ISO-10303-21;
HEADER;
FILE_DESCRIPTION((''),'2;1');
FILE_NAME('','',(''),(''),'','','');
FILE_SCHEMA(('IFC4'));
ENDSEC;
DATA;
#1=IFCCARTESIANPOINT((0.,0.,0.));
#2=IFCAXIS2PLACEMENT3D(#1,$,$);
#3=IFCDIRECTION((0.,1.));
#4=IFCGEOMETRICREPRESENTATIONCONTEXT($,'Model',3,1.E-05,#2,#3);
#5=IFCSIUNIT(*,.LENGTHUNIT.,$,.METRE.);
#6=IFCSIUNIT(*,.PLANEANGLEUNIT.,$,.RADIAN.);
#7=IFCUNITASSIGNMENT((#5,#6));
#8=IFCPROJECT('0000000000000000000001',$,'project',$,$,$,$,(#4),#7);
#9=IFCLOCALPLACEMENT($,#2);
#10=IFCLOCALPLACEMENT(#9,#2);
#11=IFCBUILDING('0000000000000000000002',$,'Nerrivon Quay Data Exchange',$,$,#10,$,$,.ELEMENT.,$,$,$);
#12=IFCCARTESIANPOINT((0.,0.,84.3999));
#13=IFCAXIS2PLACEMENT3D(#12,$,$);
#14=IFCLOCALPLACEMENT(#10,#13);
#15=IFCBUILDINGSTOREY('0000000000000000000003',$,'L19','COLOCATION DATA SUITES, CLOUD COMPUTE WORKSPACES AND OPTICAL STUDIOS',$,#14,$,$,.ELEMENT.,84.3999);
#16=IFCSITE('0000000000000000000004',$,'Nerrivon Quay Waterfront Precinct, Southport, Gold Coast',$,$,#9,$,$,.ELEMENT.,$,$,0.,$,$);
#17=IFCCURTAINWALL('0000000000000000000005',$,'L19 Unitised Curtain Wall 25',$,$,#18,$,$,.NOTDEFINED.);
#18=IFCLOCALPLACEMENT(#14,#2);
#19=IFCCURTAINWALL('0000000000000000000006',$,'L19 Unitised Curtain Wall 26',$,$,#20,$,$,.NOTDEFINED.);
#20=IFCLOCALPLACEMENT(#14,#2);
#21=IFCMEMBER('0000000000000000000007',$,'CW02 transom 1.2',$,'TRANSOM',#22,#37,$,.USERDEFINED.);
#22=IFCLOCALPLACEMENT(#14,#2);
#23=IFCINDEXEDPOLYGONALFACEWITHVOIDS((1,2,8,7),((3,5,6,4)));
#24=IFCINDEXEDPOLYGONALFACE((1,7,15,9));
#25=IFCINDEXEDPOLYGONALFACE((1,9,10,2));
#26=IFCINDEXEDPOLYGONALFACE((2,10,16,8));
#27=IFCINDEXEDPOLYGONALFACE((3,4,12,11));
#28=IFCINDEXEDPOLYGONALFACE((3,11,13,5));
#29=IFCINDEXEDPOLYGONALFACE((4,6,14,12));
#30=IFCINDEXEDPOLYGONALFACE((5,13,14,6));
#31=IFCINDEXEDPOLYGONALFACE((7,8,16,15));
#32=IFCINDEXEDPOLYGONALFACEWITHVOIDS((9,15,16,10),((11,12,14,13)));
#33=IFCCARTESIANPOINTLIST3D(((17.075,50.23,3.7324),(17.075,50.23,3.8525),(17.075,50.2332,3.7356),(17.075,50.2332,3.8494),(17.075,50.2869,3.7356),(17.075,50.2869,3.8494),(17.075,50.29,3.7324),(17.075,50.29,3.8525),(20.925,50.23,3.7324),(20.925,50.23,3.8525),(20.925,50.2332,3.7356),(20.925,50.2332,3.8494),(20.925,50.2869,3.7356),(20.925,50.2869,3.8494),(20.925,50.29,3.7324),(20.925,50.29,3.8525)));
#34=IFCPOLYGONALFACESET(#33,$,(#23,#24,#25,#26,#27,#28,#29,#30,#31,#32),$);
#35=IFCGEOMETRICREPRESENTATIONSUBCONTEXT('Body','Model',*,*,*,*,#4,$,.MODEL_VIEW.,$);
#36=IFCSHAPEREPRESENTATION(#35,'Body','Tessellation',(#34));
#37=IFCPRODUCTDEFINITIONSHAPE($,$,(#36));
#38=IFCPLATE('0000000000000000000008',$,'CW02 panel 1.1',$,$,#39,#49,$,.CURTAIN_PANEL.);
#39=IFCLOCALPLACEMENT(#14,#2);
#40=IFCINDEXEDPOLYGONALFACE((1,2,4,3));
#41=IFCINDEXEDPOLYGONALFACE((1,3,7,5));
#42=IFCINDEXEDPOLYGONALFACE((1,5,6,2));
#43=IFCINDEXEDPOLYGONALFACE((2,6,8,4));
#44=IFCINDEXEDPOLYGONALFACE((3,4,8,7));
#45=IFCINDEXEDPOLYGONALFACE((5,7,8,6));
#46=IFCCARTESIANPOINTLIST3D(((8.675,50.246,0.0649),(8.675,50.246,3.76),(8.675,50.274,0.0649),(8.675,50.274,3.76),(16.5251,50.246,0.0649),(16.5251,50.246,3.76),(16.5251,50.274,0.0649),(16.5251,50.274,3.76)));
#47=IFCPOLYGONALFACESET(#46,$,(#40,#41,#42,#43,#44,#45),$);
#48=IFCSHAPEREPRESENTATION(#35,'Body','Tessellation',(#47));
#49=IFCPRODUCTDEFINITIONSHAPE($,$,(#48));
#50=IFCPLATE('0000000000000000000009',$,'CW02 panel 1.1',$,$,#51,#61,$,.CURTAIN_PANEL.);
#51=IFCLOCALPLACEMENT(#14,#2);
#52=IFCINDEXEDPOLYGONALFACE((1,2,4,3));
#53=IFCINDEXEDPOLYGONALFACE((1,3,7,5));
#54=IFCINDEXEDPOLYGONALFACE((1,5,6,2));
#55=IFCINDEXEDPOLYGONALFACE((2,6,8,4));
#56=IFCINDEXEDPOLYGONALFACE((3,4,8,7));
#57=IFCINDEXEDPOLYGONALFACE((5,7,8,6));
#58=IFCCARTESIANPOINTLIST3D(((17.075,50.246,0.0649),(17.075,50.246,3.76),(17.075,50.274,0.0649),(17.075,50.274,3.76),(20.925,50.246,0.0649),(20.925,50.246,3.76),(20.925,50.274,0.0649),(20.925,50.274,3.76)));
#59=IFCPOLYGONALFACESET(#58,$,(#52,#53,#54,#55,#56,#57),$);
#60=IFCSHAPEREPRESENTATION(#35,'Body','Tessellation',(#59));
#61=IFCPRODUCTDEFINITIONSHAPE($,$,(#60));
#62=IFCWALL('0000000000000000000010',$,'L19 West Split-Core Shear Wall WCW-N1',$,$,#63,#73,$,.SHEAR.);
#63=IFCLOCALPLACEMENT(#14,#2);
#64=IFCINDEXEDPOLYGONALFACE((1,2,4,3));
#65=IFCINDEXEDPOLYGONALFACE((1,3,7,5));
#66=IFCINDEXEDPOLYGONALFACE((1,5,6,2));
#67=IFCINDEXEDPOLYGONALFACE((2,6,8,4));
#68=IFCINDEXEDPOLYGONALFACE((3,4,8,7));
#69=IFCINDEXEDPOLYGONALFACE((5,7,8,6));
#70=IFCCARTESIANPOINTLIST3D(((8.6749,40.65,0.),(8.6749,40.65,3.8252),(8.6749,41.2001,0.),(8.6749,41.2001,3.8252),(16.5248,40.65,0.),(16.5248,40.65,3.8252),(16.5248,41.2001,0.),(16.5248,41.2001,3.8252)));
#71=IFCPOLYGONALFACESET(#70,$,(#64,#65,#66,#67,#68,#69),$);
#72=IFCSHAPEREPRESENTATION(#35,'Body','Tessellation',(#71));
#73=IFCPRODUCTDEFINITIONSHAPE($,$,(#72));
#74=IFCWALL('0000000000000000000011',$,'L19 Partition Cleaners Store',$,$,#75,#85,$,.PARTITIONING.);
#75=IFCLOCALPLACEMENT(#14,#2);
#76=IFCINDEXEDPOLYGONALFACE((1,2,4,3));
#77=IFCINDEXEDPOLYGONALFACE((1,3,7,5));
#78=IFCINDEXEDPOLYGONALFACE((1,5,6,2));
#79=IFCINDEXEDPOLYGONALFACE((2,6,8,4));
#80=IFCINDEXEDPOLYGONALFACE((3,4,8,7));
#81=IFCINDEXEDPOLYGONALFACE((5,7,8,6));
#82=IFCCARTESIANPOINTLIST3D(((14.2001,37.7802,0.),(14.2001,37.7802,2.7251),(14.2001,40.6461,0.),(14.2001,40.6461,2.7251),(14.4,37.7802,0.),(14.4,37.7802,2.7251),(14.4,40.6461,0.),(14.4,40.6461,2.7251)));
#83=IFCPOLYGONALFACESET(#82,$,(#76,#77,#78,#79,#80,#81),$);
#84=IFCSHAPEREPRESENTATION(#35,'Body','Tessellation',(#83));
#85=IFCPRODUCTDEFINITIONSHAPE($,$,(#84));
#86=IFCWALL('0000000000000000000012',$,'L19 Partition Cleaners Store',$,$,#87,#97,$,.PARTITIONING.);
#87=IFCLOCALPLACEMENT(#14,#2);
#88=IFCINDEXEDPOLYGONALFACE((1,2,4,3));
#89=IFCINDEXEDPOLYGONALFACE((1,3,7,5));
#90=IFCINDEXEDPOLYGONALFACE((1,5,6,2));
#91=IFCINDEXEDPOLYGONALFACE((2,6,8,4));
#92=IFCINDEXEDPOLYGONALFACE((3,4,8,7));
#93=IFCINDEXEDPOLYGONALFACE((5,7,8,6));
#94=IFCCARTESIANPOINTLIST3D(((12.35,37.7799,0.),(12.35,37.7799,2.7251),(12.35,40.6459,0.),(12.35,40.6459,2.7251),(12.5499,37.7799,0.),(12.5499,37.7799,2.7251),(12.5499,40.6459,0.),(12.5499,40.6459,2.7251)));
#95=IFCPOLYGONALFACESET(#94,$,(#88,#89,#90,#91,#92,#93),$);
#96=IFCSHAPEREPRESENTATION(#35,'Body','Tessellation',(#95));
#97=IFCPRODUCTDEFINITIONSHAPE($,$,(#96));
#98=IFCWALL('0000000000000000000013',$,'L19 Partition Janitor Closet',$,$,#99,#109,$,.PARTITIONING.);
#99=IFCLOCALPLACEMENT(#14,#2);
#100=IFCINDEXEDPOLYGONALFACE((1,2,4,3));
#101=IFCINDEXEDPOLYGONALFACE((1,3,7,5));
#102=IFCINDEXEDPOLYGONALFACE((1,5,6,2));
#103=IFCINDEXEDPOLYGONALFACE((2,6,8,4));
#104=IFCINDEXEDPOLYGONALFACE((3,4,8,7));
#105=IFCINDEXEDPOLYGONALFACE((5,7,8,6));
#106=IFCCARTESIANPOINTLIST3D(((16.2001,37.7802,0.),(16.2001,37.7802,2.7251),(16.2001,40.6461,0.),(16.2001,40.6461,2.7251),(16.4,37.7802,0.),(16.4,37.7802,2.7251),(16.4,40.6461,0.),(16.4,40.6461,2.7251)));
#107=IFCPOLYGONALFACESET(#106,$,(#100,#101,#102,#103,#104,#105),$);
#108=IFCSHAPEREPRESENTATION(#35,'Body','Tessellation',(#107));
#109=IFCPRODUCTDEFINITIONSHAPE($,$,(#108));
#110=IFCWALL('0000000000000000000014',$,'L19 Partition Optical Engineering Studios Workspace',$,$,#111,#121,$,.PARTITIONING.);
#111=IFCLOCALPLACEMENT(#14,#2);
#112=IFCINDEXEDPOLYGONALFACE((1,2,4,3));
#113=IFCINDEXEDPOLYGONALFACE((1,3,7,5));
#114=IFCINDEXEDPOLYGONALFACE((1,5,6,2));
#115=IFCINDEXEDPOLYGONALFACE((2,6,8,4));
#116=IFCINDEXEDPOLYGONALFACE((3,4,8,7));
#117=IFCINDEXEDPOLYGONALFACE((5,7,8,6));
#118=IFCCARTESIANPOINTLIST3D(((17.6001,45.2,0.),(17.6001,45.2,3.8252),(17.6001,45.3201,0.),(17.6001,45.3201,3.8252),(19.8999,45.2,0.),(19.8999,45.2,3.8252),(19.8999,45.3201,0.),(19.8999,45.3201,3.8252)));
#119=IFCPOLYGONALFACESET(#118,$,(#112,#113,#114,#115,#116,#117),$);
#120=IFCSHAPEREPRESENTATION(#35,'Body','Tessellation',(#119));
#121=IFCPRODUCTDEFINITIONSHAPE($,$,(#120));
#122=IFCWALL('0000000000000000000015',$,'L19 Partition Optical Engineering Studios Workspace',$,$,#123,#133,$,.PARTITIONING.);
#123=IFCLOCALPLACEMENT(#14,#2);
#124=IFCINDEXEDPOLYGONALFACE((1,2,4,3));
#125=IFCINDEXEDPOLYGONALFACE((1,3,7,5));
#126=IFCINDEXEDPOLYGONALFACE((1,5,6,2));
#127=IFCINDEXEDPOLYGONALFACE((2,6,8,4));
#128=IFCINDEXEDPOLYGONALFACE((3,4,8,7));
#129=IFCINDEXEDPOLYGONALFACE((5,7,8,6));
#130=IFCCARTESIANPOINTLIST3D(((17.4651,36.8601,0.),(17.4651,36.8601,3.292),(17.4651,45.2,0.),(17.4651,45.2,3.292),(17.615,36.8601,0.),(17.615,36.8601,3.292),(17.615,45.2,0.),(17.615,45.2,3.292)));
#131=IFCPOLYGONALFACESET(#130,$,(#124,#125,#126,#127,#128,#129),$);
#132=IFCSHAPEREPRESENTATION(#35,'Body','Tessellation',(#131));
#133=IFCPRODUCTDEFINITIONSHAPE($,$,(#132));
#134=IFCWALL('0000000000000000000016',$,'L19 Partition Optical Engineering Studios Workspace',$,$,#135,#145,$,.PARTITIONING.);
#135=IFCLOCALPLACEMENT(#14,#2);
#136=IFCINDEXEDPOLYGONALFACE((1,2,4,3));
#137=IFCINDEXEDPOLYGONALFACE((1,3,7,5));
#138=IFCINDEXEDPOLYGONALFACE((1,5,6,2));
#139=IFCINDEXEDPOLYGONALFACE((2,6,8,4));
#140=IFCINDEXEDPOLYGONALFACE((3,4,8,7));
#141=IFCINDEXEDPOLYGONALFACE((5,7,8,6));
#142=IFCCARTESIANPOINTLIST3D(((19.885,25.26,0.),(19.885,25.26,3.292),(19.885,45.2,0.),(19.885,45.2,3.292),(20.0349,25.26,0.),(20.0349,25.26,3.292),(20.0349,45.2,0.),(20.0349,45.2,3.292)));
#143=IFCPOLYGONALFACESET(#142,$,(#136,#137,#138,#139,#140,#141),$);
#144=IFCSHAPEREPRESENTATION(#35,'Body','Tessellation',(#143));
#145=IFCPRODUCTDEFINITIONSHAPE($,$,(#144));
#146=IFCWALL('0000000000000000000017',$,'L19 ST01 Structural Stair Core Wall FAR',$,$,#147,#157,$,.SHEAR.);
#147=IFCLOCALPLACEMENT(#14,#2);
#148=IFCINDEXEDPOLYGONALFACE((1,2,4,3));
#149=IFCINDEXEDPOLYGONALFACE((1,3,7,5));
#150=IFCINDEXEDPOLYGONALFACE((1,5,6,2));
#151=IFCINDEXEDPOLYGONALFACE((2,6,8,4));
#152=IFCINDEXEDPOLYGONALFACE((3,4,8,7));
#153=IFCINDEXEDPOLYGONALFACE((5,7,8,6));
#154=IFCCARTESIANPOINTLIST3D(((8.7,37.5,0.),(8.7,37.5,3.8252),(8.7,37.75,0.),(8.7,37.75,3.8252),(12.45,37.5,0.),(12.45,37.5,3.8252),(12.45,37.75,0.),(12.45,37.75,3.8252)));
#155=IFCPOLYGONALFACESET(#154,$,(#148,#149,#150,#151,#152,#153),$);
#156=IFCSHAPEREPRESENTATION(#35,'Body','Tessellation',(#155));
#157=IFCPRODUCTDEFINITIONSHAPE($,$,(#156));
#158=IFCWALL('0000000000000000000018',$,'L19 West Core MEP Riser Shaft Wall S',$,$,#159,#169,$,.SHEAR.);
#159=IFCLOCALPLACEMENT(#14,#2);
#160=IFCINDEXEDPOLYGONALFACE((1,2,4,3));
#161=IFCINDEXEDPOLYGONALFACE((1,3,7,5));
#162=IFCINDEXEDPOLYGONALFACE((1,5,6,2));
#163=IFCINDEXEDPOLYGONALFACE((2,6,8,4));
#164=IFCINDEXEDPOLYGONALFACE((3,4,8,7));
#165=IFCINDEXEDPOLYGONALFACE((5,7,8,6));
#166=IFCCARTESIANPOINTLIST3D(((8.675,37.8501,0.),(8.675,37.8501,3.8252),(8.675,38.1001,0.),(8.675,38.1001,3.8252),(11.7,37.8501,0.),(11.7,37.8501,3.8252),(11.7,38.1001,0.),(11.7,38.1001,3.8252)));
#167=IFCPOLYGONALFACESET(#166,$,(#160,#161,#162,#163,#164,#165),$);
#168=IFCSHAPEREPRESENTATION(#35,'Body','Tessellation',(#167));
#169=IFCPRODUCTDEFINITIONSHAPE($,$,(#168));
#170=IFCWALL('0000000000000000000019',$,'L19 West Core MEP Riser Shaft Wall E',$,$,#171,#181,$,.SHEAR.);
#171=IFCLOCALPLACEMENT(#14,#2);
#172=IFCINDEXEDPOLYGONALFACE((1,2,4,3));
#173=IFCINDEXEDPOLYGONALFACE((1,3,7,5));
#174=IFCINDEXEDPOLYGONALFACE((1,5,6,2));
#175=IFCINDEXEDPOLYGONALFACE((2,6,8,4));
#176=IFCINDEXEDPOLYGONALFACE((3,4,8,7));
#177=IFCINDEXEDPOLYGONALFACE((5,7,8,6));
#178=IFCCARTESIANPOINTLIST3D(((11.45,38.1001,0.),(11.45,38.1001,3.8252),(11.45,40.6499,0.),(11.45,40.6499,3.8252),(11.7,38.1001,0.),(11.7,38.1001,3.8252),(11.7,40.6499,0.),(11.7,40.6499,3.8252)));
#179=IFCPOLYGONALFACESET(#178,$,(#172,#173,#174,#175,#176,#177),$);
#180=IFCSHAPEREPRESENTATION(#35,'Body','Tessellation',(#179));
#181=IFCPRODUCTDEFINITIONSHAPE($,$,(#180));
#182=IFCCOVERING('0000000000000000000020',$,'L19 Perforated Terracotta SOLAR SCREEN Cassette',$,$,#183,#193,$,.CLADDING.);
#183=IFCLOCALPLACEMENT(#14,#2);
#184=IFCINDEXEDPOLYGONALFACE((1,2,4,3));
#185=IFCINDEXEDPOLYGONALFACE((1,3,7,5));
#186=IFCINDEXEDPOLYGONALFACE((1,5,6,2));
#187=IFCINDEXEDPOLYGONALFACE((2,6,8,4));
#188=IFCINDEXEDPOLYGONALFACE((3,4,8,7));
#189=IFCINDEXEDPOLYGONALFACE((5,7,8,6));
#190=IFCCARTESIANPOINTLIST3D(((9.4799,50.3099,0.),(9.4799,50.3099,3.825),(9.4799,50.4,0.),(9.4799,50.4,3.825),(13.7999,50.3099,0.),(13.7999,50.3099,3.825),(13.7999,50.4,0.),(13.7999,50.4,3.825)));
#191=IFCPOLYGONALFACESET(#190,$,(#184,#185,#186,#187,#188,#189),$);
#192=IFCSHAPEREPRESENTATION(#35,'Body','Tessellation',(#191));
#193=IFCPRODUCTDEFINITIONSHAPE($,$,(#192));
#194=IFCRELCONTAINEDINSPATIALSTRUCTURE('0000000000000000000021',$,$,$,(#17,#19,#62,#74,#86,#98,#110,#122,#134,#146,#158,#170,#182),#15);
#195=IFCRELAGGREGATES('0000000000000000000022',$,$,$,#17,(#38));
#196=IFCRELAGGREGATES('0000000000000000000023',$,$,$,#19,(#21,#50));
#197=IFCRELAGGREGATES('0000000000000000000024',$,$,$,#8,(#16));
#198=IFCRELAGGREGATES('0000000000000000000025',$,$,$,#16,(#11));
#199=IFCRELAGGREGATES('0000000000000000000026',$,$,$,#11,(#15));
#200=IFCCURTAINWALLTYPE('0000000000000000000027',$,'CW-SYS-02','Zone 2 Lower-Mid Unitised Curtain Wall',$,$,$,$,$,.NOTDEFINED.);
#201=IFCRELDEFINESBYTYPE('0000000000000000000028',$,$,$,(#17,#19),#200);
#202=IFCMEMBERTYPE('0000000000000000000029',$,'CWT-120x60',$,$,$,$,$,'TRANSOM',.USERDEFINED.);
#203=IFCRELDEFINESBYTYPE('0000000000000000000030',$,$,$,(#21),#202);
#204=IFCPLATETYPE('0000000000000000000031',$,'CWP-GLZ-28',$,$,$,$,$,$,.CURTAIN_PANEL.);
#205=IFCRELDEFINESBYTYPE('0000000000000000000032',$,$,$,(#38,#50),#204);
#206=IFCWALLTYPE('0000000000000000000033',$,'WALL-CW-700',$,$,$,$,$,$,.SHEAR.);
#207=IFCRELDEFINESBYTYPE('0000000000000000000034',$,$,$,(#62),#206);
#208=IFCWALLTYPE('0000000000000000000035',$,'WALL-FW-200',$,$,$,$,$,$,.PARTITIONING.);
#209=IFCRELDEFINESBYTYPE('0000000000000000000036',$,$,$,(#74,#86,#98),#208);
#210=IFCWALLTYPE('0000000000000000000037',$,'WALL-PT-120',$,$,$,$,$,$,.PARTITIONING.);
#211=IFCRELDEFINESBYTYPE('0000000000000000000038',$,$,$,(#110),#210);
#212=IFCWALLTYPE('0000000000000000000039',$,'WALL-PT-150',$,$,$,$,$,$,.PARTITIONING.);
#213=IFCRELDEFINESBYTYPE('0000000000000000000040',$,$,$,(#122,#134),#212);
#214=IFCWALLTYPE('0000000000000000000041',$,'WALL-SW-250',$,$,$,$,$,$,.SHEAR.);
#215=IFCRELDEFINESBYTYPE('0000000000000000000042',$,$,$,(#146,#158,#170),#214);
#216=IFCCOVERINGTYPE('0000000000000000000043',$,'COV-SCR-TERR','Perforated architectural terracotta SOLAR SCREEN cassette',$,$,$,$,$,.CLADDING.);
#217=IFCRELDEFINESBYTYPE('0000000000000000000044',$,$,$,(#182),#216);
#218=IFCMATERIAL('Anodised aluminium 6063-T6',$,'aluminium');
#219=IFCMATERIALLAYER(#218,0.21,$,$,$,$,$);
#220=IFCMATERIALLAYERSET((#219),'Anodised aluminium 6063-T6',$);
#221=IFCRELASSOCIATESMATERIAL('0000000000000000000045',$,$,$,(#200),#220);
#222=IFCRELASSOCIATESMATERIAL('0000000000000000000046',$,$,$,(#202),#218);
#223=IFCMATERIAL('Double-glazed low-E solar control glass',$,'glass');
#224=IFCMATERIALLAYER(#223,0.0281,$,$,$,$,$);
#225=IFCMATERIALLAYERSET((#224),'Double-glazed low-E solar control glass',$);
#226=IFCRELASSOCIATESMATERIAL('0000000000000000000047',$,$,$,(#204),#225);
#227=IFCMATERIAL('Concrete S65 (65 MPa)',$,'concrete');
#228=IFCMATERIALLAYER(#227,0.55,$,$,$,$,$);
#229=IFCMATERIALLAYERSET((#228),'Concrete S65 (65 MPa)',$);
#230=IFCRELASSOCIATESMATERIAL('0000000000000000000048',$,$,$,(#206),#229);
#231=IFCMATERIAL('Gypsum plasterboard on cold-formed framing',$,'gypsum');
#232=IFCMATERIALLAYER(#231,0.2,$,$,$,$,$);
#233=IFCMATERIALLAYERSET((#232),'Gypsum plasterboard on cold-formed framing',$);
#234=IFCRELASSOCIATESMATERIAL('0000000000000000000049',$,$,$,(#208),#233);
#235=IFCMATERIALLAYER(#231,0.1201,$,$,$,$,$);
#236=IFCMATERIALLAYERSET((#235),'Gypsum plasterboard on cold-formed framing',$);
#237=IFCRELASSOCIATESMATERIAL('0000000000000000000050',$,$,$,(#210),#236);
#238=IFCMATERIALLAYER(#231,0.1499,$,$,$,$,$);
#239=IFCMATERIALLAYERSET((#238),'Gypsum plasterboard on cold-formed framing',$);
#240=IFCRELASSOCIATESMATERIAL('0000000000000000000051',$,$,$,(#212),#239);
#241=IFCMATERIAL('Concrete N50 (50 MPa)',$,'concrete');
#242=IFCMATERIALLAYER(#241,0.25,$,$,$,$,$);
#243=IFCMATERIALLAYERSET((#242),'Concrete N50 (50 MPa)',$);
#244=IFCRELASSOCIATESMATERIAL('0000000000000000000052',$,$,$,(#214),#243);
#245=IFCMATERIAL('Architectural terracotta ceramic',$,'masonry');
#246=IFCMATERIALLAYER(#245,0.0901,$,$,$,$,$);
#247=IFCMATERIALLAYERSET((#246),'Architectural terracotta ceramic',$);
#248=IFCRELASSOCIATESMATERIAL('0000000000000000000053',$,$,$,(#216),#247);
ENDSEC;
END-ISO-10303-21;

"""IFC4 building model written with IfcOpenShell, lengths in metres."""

from ifc_helpers import new_model, si_unit, direction, frame, frame_2d, origin, origin_2d, place, context, subcontext, project, spatial, rectangle, hollow_rectangle, extrude, material, layer, layer_set, material_profile, profile_set, type_object, element, aggregate, save


model = new_model("IFC4")

# Units and contexts
model_context = context("Model", 3, precision=1e-05, world=origin(), true_north=direction((0.0, 1.0)))
body_context = subcontext(model_context, "Body", "Model", "MODEL_VIEW")
ifc_project = project(units=[si_unit("LENGTHUNIT", "METRE"), si_unit("PLANEANGLEUNIT", "RADIAN")], contexts=[model_context])

# Site, building, storey
site_placement = place(None, origin())
site = spatial("IfcSite", under=ifc_project, at=site_placement, Name="Nerrivon Quay Waterfront Precinct, Southport, Gold Coast", CompositionType="ELEMENT", RefElevation=0.0)
building_placement = place(site_placement, origin())
building = spatial("IfcBuilding", under=site, at=building_placement, Name="Nerrivon Quay Data Exchange", CompositionType="ELEMENT")
storey_placement = place(building_placement, frame((0.0, 0.0, 84.3999)))
storey = spatial("IfcBuildingStorey", under=building, at=storey_placement, Name="L19", Description="COLOCATION DATA SUITES, CLOUD COMPUTE WORKSPACES AND OPTICAL STUDIOS", CompositionType="ELEMENT", Elevation=84.3999)

# Shared definitions
ifc_material_1 = material(Name="Concrete S65 (65 MPa)", Category="concrete")

# Curtain walls
ifc_material_2 = material(Name="Anodised aluminium 6063-T6", Category="aluminium")
ifc_layer_1 = layer(ifc_material_2, 0.21)
ifc_layer_set_1 = layer_set([ifc_layer_1], Name="Anodised aluminium 6063-T6")
curtain_wall_type = type_object("IfcCurtainWallType", Name="CW-SYS-02", Description="Zone 2 Lower-Mid Unitised Curtain Wall", PredefinedType="NOTDEFINED", material=ifc_layer_set_1)
curtain_wall_1_placement = place(storey_placement, origin())
curtain_wall_1 = element("IfcCurtainWall", 1, at=curtain_wall_1_placement, inside=storey, type_object=curtain_wall_type, Name="L19 Unitised Curtain Wall 25", PredefinedType="NOTDEFINED")
curtain_wall_2_placement = place(storey_placement, origin())
curtain_wall_2 = element("IfcCurtainWall", 2, at=curtain_wall_2_placement, inside=storey, type_object=curtain_wall_type, Name="L19 Unitised Curtain Wall 26", PredefinedType="NOTDEFINED")

# Member
ifc_material_profile_1 = material_profile(ifc_material_2, hollow_rectangle(XDim=0.0601, YDim=0.1201, WallThickness=0.0032, at=origin_2d()), Name="ALU-TRAN-120x60")
ifc_profile_set_1 = profile_set([ifc_material_profile_1], Name="Anodised aluminium 6063-T6")
member_type_1 = type_object("IfcMemberType", Name="CWT-120x60", ElementType="TRANSOM", PredefinedType="USERDEFINED", material=ifc_profile_set_1)
member_1_placement = place(storey_placement, frame((17.075, 50.26, 3.7925), z_axis=(1.0, 0.0, 0.0), x_axis=(0.0, 1.0, 0.0)))
member_1 = element("IfcMember", 3, at=member_1_placement, type_object=member_type_1, Name="CW02 transom 1.2", ObjectType="TRANSOM", PredefinedType="USERDEFINED", context=body_context, shape_type="SweptSolid", body=[
    extrude(hollow_rectangle(XDim=0.0601, YDim=0.1201, WallThickness=0.0032, at=origin_2d()), origin(), (0.0, 0.0, 1.0), 3.8501),
])

# Plates
ifc_material_3 = material(Name="Double-glazed low-E solar control glass", Category="glass")
ifc_layer_2 = layer(ifc_material_3, 0.0281)
ifc_layer_set_2 = layer_set([ifc_layer_2], Name="Double-glazed low-E solar control glass")
plate_type = type_object("IfcPlateType", Name="CWP-GLZ-28", PredefinedType="CURTAIN_PANEL", material=ifc_layer_set_2)
plate_1_placement = place(storey_placement, frame((12.6001, 50.26, 0.0649), z_axis=(0.0, 0.0, 1.0), x_axis=(1.0, 0.0, 0.0)))
plate_1 = element("IfcPlate", 4, at=plate_1_placement, type_object=plate_type, Name="CW02 panel 1.1", PredefinedType="CURTAIN_PANEL", context=body_context, shape_type="SweptSolid", body=[
    extrude(rectangle(XDim=7.8501, YDim=0.0281, at=origin_2d()), origin(), (0.0, 0.0, 1.0), 3.6951),
])
aggregate(curtain_wall_1, [plate_1])
plate_2_placement = place(storey_placement, frame((19.0, 50.26, 0.0649), z_axis=(0.0, 0.0, 1.0), x_axis=(1.0, 0.0, 0.0)))
plate_2 = element("IfcPlate", 5, at=plate_2_placement, type_object=plate_type, Name="CW02 panel 1.1", PredefinedType="CURTAIN_PANEL", context=body_context, shape_type="SweptSolid", body=[
    extrude(rectangle(XDim=3.8501, YDim=0.0281, at=origin_2d()), origin(), (0.0, 0.0, 1.0), 3.6951),
])
aggregate(curtain_wall_2, [member_1, plate_2])

# Walls
ifc_layer_3 = layer(ifc_material_1, 0.55)
ifc_layer_set_3 = layer_set([ifc_layer_3], Name="Concrete S65 (65 MPa)")
wall_type_1 = type_object("IfcWallType", Name="WALL-CW-700", PredefinedType="SHEAR", material=ifc_layer_set_3)
wall_1_placement = place(storey_placement, frame((8.675, 40.925, 0.0), z_axis=(0.0, 0.0, 1.0), x_axis=(1.0, 0.0, 0.0)))
element("IfcWall", 6, at=wall_1_placement, inside=storey, type_object=wall_type_1, Name="L19 West Split-Core Shear Wall WCW-N1", PredefinedType="SHEAR", context=body_context, shape_type="SweptSolid", body=[
    extrude(rectangle(XDim=7.8499, YDim=0.55, at=frame_2d((3.9248, 0.0))), origin(), (0.0, 0.0, 1.0), 3.8252),
])
ifc_material_4 = material(Name="Gypsum plasterboard on cold-formed framing", Category="gypsum")
ifc_layer_4 = layer(ifc_material_4, 0.2)
ifc_layer_set_4 = layer_set([ifc_layer_4], Name="Gypsum plasterboard on cold-formed framing")
wall_type_2 = type_object("IfcWallType", Name="WALL-FW-200", PredefinedType="PARTITIONING", material=ifc_layer_set_4)
for number, where, z_axis, x_axis, name in (
    (7, (14.3, 37.78, 0.0), (0.0, 0.0, 1.0), (0.0, 1.0, 0.0), "L19 Partition Cleaners Store"),
    (8, (12.45, 40.646, 0.0), (0.0, 0.0, 1.0), (0.0, -1.0, 0.0), "L19 Partition Cleaners Store"),
    (9, (16.3, 37.78, 0.0), (0.0, 0.0, 1.0), (0.0, 1.0, 0.0), "L19 Partition Janitor Closet"),
):
    element("IfcWall", number, at=place(storey_placement, frame(where, z_axis=z_axis, x_axis=x_axis)), inside=storey, type_object=wall_type_2, Name=name, PredefinedType="PARTITIONING", context=body_context, shape_type="SweptSolid", body=[
        extrude(rectangle(XDim=2.866, YDim=0.2, at=frame_2d((1.4331, 0.0))), origin(), (0.0, 0.0, 1.0), 2.7251),
    ])
ifc_layer_5 = layer(ifc_material_4, 0.1201)
ifc_layer_set_5 = layer_set([ifc_layer_5], Name="Gypsum plasterboard on cold-formed framing")
wall_type_3 = type_object("IfcWallType", Name="WALL-PT-120", PredefinedType="PARTITIONING", material=ifc_layer_set_5)
wall_2_placement = place(storey_placement, frame((17.6001, 45.26, 0.0), z_axis=(0.0, 0.0, 1.0), x_axis=(1.0, 0.0, 0.0)))
element("IfcWall", 10, at=wall_2_placement, inside=storey, type_object=wall_type_3, Name="L19 Partition Optical Engineering Studios Workspace", PredefinedType="PARTITIONING", context=body_context, shape_type="SweptSolid", body=[
    extrude(rectangle(XDim=2.2998, YDim=0.1201, at=frame_2d((1.1499, 0.0))), origin(), (0.0, 0.0, 1.0), 3.8252),
])
ifc_layer_6 = layer(ifc_material_4, 0.1499)
ifc_layer_set_6 = layer_set([ifc_layer_6], Name="Gypsum plasterboard on cold-formed framing")
wall_type_4 = type_object("IfcWallType", Name="WALL-PT-150", PredefinedType="PARTITIONING", material=ifc_layer_set_6)
wall_3_placement = place(storey_placement, frame((17.54, 36.8601, 0.0), z_axis=(0.0, 0.0, 1.0), x_axis=(0.0, 1.0, 0.0)))
element("IfcWall", 11, at=wall_3_placement, inside=storey, type_object=wall_type_4, Name="L19 Partition Optical Engineering Studios Workspace", PredefinedType="PARTITIONING", context=body_context, shape_type="SweptSolid", body=[
    extrude(rectangle(XDim=8.3398, YDim=0.1499, at=frame_2d((4.1699, 0.0))), origin(), (0.0, 0.0, 1.0), 3.292),
])
wall_4_placement = place(storey_placement, frame((19.96, 45.2, 0.0), z_axis=(0.0, 0.0, 1.0), x_axis=(0.0, -1.0, 0.0)))
element("IfcWall", 12, at=wall_4_placement, inside=storey, type_object=wall_type_4, Name="L19 Partition Optical Engineering Studios Workspace", PredefinedType="PARTITIONING", context=body_context, shape_type="SweptSolid", body=[
    extrude(rectangle(XDim=19.9399, YDim=0.1499, at=frame_2d((9.97, 0.0))), origin(), (0.0, 0.0, 1.0), 3.292),
])
ifc_material_5 = material(Name="Concrete N50 (50 MPa)", Category="concrete")
ifc_layer_7 = layer(ifc_material_5, 0.25)
ifc_layer_set_7 = layer_set([ifc_layer_7], Name="Concrete N50 (50 MPa)")
wall_type_5 = type_object("IfcWallType", Name="WALL-SW-250", PredefinedType="SHEAR", material=ifc_layer_set_7)
wall_5_placement = place(storey_placement, frame((12.45, 37.625, 0.0), z_axis=(0.0, 0.0, 1.0), x_axis=(-1.0, 0.0, 0.0)))
element("IfcWall", 13, at=wall_5_placement, inside=storey, type_object=wall_type_5, Name="L19 ST01 Structural Stair Core Wall FAR", PredefinedType="SHEAR", context=body_context, shape_type="SweptSolid", body=[
    extrude(rectangle(XDim=3.75, YDim=0.25, at=frame_2d((1.875, 0.0))), origin(), (0.0, 0.0, 1.0), 3.8252),
])
wall_6_placement = place(storey_placement, frame((8.675, 37.9751, 0.0), z_axis=(0.0, 0.0, 1.0), x_axis=(1.0, 0.0, 0.0)))
element("IfcWall", 14, at=wall_6_placement, inside=storey, type_object=wall_type_5, Name="L19 West Core MEP Riser Shaft Wall S", PredefinedType="SHEAR", context=body_context, shape_type="SweptSolid", body=[
    extrude(rectangle(XDim=3.0249, YDim=0.25, at=frame_2d((1.5125, 0.0))), origin(), (0.0, 0.0, 1.0), 3.8252),
])
wall_7_placement = place(storey_placement, frame((11.575, 38.1001, 0.0), z_axis=(0.0, 0.0, 1.0), x_axis=(0.0, 1.0, 0.0)))
element("IfcWall", 15, at=wall_7_placement, inside=storey, type_object=wall_type_5, Name="L19 West Core MEP Riser Shaft Wall E", PredefinedType="SHEAR", context=body_context, shape_type="SweptSolid", body=[
    extrude(rectangle(XDim=2.5498, YDim=0.25, at=frame_2d((1.2749, 0.0))), origin(), (0.0, 0.0, 1.0), 3.8252),
])

# Covering
ifc_material_6 = material(Name="Architectural terracotta ceramic", Category="masonry")
ifc_layer_8 = layer(ifc_material_6, 0.0901)
ifc_layer_set_8 = layer_set([ifc_layer_8], Name="Architectural terracotta ceramic")
covering_type = type_object("IfcCoveringType", Name="COV-SCR-TERR", Description="Perforated architectural terracotta SOLAR SCREEN cassette", PredefinedType="CLADDING", material=ifc_layer_set_8)
covering_1_placement = place(storey_placement, frame((11.6399, 50.355, 0.0), z_axis=(0.0, 0.0, 1.0), x_axis=(1.0, 0.0, 0.0)))
element("IfcCovering", 16, at=covering_1_placement, inside=storey, type_object=covering_type, Name="L19 Perforated Terracotta SOLAR SCREEN Cassette", PredefinedType="CLADDING", context=body_context, shape_type="SweptSolid", body=[
    extrude(rectangle(XDim=4.3201, YDim=0.0901, at=origin_2d()), origin(), (0.0, 0.0, 1.0), 3.825),
])

save(model, "model.ifc")
